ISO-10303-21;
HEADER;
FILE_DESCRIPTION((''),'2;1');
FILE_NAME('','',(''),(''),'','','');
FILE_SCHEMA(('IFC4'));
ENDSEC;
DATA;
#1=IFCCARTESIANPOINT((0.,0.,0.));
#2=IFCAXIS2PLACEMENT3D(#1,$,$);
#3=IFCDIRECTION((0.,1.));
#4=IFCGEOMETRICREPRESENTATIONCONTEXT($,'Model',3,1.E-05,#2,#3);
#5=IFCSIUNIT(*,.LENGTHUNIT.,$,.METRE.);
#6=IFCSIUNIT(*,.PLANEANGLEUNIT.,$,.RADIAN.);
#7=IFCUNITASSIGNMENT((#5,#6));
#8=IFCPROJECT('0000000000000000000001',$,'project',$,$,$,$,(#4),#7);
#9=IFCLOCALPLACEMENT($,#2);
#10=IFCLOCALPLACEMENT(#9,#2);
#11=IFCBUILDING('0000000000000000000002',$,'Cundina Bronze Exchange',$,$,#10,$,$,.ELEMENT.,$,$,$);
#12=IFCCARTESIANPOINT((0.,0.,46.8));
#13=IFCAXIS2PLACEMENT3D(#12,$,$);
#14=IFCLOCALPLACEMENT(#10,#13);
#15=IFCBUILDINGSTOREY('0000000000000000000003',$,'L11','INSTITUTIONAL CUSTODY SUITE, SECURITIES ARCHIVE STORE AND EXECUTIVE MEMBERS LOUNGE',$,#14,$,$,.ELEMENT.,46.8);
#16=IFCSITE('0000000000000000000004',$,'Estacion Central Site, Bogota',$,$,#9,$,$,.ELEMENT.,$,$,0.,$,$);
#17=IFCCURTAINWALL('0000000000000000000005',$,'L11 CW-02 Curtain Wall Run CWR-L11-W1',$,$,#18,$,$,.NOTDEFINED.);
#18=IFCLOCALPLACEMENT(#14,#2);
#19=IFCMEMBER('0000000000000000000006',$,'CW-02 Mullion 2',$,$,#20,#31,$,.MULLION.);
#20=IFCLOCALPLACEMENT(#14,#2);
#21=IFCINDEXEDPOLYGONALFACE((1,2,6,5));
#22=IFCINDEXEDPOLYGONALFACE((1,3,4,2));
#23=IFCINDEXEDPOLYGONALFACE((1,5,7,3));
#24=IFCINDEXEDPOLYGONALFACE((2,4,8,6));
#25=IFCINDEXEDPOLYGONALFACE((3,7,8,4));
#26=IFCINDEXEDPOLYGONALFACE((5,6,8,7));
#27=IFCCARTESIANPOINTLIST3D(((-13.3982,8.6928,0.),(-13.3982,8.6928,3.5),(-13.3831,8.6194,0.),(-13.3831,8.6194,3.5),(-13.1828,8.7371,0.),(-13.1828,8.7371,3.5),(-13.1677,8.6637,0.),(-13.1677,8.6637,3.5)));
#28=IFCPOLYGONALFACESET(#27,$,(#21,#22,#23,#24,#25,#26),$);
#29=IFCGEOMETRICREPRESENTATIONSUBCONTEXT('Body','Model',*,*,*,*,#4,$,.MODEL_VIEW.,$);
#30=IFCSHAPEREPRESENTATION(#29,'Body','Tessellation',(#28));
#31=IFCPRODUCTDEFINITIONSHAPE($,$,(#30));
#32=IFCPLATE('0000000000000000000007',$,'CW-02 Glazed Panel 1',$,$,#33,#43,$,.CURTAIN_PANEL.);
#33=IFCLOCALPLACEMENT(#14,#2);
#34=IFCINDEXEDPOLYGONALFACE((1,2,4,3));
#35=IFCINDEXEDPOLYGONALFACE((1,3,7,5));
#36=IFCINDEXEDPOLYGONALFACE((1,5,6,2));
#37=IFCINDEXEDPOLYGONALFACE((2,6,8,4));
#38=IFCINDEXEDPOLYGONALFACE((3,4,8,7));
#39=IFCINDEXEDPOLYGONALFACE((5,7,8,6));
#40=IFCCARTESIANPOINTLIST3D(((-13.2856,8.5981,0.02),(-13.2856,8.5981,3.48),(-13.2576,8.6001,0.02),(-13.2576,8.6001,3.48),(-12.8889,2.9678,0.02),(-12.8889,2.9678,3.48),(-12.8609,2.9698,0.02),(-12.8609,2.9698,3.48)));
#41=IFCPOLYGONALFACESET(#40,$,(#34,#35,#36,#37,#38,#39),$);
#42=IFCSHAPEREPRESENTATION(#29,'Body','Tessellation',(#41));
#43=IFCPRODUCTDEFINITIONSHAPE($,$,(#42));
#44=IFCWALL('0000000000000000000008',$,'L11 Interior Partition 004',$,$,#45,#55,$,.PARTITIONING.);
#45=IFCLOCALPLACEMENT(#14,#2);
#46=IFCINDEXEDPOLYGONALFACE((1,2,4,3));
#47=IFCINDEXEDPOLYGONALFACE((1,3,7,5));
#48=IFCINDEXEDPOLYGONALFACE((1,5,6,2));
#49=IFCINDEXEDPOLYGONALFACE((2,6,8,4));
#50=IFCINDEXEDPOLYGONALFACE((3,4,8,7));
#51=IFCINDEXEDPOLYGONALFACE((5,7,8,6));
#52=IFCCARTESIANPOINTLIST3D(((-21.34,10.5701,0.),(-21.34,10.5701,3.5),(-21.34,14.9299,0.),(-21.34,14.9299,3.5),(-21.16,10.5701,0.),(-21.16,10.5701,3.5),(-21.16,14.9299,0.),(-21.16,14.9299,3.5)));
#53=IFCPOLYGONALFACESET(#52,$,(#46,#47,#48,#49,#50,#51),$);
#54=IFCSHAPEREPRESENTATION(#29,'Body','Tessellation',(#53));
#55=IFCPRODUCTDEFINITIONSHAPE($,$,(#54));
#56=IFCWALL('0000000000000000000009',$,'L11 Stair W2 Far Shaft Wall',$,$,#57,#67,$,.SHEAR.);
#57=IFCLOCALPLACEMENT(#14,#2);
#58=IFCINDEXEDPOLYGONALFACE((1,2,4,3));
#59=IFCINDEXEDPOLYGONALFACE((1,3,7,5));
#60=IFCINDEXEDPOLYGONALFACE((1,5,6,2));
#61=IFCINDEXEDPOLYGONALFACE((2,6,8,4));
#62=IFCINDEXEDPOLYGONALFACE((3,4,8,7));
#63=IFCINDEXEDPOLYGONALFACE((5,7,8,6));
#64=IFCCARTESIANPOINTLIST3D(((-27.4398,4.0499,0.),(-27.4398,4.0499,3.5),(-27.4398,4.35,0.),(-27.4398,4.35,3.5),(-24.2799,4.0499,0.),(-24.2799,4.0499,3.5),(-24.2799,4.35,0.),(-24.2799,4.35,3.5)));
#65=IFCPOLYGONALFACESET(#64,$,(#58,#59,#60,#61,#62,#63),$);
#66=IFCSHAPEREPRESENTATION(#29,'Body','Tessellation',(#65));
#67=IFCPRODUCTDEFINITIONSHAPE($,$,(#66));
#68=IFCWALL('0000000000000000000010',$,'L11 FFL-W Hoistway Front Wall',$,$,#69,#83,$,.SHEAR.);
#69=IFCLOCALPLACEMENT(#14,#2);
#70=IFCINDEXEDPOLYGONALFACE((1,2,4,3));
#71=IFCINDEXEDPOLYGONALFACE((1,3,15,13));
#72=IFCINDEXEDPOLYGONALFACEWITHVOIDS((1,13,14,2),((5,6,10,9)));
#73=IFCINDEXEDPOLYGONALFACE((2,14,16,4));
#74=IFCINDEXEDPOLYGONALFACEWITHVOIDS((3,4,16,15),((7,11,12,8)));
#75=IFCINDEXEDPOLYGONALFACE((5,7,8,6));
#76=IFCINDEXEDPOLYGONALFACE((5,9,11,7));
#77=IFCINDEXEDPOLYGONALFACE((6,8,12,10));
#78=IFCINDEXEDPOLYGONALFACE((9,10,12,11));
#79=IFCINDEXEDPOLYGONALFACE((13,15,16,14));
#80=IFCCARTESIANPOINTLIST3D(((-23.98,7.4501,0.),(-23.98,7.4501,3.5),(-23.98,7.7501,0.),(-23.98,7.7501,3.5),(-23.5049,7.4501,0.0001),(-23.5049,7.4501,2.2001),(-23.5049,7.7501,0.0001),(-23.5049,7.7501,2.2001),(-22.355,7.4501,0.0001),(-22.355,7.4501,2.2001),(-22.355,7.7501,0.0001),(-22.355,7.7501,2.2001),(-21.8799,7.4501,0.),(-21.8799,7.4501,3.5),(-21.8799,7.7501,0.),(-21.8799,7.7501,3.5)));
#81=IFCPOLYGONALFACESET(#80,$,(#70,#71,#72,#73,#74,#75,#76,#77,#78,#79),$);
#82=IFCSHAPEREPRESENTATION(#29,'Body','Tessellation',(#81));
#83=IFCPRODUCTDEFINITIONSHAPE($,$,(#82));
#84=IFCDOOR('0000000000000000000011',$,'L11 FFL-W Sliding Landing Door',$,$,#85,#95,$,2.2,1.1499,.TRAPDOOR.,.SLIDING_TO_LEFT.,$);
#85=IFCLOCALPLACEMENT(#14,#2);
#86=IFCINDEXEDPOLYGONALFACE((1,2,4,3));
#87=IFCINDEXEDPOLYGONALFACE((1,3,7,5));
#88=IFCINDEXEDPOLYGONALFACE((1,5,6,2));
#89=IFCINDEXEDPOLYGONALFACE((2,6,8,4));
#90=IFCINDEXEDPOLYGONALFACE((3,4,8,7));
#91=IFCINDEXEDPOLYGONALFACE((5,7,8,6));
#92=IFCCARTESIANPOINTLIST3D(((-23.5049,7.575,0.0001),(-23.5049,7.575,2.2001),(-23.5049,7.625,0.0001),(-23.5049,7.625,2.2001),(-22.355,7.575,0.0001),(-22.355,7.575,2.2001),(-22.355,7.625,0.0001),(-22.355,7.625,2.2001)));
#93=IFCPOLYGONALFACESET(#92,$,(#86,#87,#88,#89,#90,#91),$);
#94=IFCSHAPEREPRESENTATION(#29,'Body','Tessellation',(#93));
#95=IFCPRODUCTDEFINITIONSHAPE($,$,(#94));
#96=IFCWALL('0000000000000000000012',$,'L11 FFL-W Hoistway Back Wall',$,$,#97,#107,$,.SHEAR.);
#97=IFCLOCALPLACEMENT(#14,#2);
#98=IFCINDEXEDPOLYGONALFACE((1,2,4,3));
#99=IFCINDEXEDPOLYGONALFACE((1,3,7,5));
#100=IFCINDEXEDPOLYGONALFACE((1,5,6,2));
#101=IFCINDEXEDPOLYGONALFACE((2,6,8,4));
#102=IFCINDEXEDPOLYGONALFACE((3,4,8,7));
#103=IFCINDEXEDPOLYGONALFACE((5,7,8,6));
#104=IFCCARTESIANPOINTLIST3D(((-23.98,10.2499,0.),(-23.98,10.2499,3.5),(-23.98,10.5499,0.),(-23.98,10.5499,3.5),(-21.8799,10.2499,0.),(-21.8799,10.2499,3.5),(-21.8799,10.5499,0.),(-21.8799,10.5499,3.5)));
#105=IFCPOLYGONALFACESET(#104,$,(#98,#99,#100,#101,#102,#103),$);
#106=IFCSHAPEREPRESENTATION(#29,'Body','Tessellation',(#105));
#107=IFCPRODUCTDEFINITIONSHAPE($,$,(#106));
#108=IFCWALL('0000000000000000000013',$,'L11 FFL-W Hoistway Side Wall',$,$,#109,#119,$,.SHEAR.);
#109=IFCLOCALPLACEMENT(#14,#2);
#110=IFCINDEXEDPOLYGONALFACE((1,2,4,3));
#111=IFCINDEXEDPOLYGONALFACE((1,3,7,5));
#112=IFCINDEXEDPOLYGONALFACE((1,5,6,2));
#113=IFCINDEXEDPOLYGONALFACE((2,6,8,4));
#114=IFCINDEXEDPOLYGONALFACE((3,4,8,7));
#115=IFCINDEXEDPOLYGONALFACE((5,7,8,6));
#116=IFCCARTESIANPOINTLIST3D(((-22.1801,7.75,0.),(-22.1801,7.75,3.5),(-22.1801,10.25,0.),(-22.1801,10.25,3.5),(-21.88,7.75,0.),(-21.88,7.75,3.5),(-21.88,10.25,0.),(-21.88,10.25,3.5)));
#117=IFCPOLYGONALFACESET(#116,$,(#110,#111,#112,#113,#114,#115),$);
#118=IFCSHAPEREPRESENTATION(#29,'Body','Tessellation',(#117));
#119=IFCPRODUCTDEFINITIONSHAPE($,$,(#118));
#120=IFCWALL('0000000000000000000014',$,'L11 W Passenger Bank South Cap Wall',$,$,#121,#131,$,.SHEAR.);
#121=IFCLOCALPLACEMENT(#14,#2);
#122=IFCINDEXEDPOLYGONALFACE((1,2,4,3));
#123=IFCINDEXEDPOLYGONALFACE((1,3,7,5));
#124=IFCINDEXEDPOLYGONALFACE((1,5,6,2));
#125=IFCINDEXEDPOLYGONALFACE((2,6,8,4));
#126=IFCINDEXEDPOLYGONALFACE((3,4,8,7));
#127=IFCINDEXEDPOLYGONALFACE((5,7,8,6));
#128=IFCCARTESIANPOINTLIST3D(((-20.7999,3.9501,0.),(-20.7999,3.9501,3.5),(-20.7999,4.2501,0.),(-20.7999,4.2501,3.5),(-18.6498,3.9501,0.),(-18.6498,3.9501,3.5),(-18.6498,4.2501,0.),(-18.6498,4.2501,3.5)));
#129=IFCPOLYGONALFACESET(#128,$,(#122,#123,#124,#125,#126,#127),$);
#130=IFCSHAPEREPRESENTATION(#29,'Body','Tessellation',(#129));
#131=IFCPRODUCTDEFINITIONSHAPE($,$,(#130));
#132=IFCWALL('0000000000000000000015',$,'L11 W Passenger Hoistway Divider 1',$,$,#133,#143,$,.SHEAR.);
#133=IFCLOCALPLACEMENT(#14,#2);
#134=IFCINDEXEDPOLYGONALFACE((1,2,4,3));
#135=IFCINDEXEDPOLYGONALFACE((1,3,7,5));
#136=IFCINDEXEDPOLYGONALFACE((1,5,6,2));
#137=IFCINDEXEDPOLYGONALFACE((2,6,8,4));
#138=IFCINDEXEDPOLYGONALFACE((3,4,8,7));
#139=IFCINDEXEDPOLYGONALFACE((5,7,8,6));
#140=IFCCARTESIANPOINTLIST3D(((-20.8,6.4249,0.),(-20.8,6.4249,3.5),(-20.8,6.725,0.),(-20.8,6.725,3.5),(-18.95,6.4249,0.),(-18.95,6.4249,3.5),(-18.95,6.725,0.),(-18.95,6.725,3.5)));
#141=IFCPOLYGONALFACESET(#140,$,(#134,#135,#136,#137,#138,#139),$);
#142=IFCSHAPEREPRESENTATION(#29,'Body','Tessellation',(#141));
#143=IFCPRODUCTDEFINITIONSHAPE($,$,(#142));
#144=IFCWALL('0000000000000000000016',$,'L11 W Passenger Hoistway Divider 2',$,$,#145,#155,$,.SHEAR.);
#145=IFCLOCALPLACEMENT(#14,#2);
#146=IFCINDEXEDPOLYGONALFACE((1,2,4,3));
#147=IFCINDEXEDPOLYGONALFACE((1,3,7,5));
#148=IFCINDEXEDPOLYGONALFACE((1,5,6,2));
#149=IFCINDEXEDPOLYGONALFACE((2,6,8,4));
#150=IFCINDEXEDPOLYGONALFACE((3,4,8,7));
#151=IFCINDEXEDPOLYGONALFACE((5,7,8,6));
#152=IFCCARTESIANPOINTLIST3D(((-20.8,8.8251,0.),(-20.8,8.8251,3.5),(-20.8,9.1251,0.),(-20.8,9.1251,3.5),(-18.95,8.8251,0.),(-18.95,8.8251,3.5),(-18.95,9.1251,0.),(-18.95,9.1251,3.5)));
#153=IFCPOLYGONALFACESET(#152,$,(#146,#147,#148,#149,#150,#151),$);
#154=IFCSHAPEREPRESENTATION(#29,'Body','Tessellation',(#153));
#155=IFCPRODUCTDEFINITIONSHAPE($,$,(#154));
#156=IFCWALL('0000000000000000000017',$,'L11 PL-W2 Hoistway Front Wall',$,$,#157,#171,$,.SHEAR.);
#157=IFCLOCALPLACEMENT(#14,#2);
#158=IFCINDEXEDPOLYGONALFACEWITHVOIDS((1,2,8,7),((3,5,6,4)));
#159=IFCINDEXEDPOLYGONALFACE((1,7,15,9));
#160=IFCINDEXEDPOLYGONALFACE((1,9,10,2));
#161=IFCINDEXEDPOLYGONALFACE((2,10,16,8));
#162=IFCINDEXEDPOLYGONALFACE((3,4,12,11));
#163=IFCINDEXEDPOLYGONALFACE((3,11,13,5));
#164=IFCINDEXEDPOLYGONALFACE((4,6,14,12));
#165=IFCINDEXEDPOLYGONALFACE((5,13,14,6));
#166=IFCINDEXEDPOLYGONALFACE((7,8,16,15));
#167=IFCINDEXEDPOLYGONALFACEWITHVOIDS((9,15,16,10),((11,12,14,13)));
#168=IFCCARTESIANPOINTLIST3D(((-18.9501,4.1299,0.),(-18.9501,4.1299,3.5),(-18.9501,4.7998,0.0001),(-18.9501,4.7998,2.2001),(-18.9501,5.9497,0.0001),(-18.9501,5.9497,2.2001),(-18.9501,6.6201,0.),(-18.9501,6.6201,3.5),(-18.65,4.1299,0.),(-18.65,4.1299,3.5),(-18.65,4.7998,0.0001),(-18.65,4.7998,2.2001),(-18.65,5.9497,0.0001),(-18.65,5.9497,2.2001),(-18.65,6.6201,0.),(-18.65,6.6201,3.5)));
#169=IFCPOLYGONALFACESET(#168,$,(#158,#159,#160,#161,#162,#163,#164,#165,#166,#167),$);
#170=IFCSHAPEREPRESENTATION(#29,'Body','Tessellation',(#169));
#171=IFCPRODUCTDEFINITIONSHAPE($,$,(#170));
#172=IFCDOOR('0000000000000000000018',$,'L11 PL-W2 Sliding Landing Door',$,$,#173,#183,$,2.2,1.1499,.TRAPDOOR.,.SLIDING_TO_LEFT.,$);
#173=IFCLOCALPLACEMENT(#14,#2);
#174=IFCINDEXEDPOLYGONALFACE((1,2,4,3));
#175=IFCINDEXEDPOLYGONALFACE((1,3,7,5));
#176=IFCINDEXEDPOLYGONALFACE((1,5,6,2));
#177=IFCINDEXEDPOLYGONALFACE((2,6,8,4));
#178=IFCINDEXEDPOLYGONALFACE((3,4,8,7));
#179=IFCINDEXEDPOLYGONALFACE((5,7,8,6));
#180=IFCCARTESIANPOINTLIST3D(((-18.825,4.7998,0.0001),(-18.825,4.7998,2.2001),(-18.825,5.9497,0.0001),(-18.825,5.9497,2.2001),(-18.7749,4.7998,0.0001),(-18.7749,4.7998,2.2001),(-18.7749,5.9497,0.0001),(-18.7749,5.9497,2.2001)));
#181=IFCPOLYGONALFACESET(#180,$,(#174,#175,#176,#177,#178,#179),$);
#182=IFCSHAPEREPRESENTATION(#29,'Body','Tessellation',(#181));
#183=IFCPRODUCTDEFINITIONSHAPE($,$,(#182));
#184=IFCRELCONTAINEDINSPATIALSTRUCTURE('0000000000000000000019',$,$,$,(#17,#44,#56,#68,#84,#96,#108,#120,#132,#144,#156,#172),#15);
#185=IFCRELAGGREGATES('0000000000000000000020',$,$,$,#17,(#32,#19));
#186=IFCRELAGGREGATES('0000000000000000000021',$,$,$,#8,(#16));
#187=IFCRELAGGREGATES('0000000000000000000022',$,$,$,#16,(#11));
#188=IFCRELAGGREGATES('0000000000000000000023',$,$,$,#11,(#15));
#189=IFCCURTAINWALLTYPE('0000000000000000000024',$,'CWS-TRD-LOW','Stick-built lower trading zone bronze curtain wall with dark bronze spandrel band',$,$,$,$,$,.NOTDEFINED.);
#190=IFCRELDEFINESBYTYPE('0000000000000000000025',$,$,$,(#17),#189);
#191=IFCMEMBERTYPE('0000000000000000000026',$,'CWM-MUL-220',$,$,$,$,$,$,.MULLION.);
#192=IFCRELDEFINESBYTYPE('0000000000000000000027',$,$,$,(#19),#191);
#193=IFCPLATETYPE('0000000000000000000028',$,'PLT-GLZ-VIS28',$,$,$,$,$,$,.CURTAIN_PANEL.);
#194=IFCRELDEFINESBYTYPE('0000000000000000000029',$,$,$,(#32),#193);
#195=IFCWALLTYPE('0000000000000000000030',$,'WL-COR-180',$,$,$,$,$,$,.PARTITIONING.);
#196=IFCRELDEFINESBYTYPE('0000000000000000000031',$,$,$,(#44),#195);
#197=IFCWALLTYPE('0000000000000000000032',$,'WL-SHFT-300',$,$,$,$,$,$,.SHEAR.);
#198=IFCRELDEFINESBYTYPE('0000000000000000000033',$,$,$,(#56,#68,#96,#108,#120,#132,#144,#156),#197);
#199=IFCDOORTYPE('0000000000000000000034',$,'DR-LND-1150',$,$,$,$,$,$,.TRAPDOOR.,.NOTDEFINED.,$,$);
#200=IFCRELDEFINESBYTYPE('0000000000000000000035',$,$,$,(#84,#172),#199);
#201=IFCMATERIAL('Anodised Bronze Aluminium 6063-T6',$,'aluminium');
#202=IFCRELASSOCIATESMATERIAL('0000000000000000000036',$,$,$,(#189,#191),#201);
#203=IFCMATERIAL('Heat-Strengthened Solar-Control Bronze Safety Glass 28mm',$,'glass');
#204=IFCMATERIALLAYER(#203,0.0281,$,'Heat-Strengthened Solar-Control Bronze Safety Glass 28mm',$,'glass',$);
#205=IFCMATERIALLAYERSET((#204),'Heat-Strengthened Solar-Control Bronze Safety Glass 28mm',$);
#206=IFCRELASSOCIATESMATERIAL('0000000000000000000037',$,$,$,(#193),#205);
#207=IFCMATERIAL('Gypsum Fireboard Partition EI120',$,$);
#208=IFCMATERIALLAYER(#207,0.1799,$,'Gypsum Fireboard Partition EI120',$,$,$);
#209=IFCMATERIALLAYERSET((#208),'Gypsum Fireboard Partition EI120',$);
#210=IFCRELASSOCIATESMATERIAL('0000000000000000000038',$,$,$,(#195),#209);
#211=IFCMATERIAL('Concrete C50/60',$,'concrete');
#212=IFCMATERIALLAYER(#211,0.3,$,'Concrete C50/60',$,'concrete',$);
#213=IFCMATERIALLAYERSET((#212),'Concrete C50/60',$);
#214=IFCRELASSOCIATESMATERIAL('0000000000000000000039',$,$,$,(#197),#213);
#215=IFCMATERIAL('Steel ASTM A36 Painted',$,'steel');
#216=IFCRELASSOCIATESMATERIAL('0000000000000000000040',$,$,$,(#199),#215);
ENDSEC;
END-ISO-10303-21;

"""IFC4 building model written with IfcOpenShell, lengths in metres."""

from ifc_helpers import new_model, si_unit, direction, frame, frame_2d, origin, origin_2d, place, context, subcontext, project, spatial, rectangle, extrude, material, layer, layer_set, material_profile, profile_set, type_object, element, fill, aggregate, save


model = new_model("IFC4")

# Units and contexts
model_context = context("Model", 3, precision=1e-05, world=origin(), true_north=direction((0.0, 1.0)))
body_context = subcontext(model_context, "Body", "Model", "MODEL_VIEW")
ifc_project = project(units=[si_unit("LENGTHUNIT", "METRE"), si_unit("PLANEANGLEUNIT", "RADIAN")], contexts=[model_context])

# Site, building, storey
site_placement = place(None, origin())
site = spatial("IfcSite", under=ifc_project, at=site_placement, Name="Estacion Central Site, Bogota", CompositionType="ELEMENT", RefElevation=0.0)
building_placement = place(site_placement, origin())
building = spatial("IfcBuilding", under=site, at=building_placement, Name="Cundina Bronze Exchange", CompositionType="ELEMENT")
storey_placement = place(building_placement, frame((0.0, 0.0, 46.8)))
storey = spatial("IfcBuildingStorey", under=building, at=storey_placement, Name="L11", Description="INSTITUTIONAL CUSTODY SUITE, SECURITIES ARCHIVE STORE AND EXECUTIVE MEMBERS LOUNGE", CompositionType="ELEMENT", Elevation=46.8)

# Curtain wall, member, plate
ifc_material_1 = material(Name="Anodised Bronze Aluminium 6063-T6", Category="aluminium")
curtain_wall_type = type_object("IfcCurtainWallType", Name="CWS-TRD-LOW", Description="Stick-built lower trading zone bronze curtain wall with dark bronze spandrel band", PredefinedType="NOTDEFINED", material=ifc_material_1)
curtain_wall_placement = place(storey_placement, origin())
curtain_wall = element("IfcCurtainWall", 1, at=curtain_wall_placement, inside=storey, type_object=curtain_wall_type, Name="L11 CW-02 Curtain Wall Run CWR-L11-W1", PredefinedType="NOTDEFINED")
ifc_material_profile_1 = material_profile(ifc_material_1, rectangle(XDim=0.075, YDim=0.22, at=origin_2d()), Name="AL75X220", Category="aluminium")
ifc_profile_set_1 = profile_set([ifc_material_profile_1], Name="Anodised Bronze Aluminium 6063-T6")
member_type = type_object("IfcMemberType", Name="CWM-MUL-220", PredefinedType="MULLION", material=ifc_profile_set_1)
member_placement = place(storey_placement, frame((-13.283, 8.6782, 0.0), z_axis=(0.0, 0.0, 1.0), x_axis=(-0.20142, 0.979505, 0.0)))
member = element("IfcMember", 2, at=member_placement, type_object=member_type, Name="CW-02 Mullion 2", PredefinedType="MULLION", context=body_context, shape_type="SweptSolid", body=[
    extrude(rectangle(XDim=0.075, YDim=0.22, at=origin_2d()), origin(), (0.0, 0.0, 1.0), 3.5),
])
ifc_material_2 = material(Name="Heat-Strengthened Solar-Control Bronze Safety Glass 28mm", Category="glass")
ifc_layer_1 = layer(ifc_material_2, 0.0281, Name="Heat-Strengthened Solar-Control Bronze Safety Glass 28mm", Category="glass")
ifc_layer_set_1 = layer_set([ifc_layer_1], Name="Heat-Strengthened Solar-Control Bronze Safety Glass 28mm")
plate_type = type_object("IfcPlateType", Name="PLT-GLZ-VIS28", PredefinedType="CURTAIN_PANEL", material=ifc_layer_set_1)
plate_placement = place(storey_placement, frame((-13.0732, 5.7839, 0.02), z_axis=(0.0, 0.0, 1.0), x_axis=(-0.070279, 0.997527, 0.0)))
plate = element("IfcPlate", 3, at=plate_placement, type_object=plate_type, Name="CW-02 Glazed Panel 1", PredefinedType="CURTAIN_PANEL", context=body_context, shape_type="SweptSolid", body=[
    extrude(rectangle(XDim=5.6443, YDim=0.0281, at=origin_2d()), origin(), (0.0, 0.0, 1.0), 3.46),
])
aggregate(curtain_wall, [plate, member])

# Walls
ifc_material_3 = material(Name="Gypsum Fireboard Partition EI120")
ifc_layer_2 = layer(ifc_material_3, 0.1799, Name="Gypsum Fireboard Partition EI120")
ifc_layer_set_2 = layer_set([ifc_layer_2], Name="Gypsum Fireboard Partition EI120")
wall_type_1 = type_object("IfcWallType", Name="WL-COR-180", PredefinedType="PARTITIONING", material=ifc_layer_set_2)
wall_1_placement = place(storey_placement, frame((-21.25, 10.5701, 0.0), z_axis=(0.0, 0.0, 1.0), x_axis=(0.0, 1.0, 0.0)))
element("IfcWall", 4, at=wall_1_placement, inside=storey, type_object=wall_type_1, Name="L11 Interior Partition 004", PredefinedType="PARTITIONING", context=body_context, shape_type="SweptSolid", body=[
    extrude(rectangle(XDim=4.3599, YDim=0.1799, at=frame_2d((2.1799, 0.0))), origin(), (0.0, 0.0, 1.0), 3.5),
])
ifc_material_4 = material(Name="Concrete C50/60", Category="concrete")
ifc_layer_3 = layer(ifc_material_4, 0.3, Name="Concrete C50/60", Category="concrete")
ifc_layer_set_3 = layer_set([ifc_layer_3], Name="Concrete C50/60")
wall_type_2 = type_object("IfcWallType", Name="WL-SHFT-300", PredefinedType="SHEAR", material=ifc_layer_set_3)
wall_2_placement = place(storey_placement, frame((-27.4399, 4.2, 0.0), z_axis=(0.0, 0.0, 1.0), x_axis=(1.0, 0.0, 0.0)))
element("IfcWall", 5, at=wall_2_placement, inside=storey, type_object=wall_type_2, Name="L11 Stair W2 Far Shaft Wall", PredefinedType="SHEAR", context=body_context, shape_type="SweptSolid", body=[
    extrude(rectangle(XDim=3.1599, YDim=0.3, at=frame_2d((1.5801, 0.0))), origin(), (0.0, 0.0, 1.0), 3.5),
])

# Wall, opening, door
wall_3_placement = place(storey_placement, frame((-23.98, 7.6001, 0.0), z_axis=(0.0, 0.0, 1.0), x_axis=(1.0, 0.0, 0.0)))
wall_3 = element("IfcWall", 6, at=wall_3_placement, inside=storey, type_object=wall_type_2, Name="L11 FFL-W Hoistway Front Wall", PredefinedType="SHEAR", context=body_context, shape_type="SweptSolid", body=[
    extrude(rectangle(XDim=2.1001, YDim=0.3, at=frame_2d((1.05, 0.0))), origin(), (0.0, 0.0, 1.0), 3.5),
])
opening_1_placement = place(wall_3_placement, frame((0.4751, 0.0, 0.0)))
opening_1 = element("IfcOpeningElement", 7, at=opening_1_placement, cuts=wall_3, PredefinedType="OPENING", context=body_context, shape_type="SweptSolid", body=[
    extrude(rectangle(XDim=1.1499, YDim=2.2, at=frame_2d((0.575, 1.1001))), frame((0.0, 0.1599, 0.0), z_axis=(0.0, -1.0, 0.0), x_axis=(1.0, 0.0, 0.0)), (0.0, 0.0, 1.0), 0.3201),
])
ifc_material_5 = material(Name="Steel ASTM A36 Painted", Category="steel")
door_type = type_object("IfcDoorType", Name="DR-LND-1150", OperationType="NOTDEFINED", PredefinedType="TRAPDOOR", material=ifc_material_5)
door_1_placement = place(opening_1_placement, origin())
door_1 = element("IfcDoor", 8, at=door_1_placement, inside=storey, type_object=door_type, Name="L11 FFL-W Sliding Landing Door", OperationType="SLIDING_TO_LEFT", OverallHeight=2.2, OverallWidth=1.1499, PredefinedType="TRAPDOOR", context=body_context, shape_type="SweptSolid", body=[
    extrude(rectangle(XDim=1.1499, YDim=2.2, at=frame_2d((0.575, 1.1001))), frame((0.0, 0.0249, 0.0), z_axis=(0.0, -1.0, 0.0), x_axis=(1.0, 0.0, 0.0)), (0.0, 0.0, 1.0), 0.05),
])
fill(opening_1, door_1)

# Walls
wall_4_placement = place(storey_placement, frame((-23.98, 10.3999, 0.0), z_axis=(0.0, 0.0, 1.0), x_axis=(1.0, 0.0, 0.0)))
element("IfcWall", 9, at=wall_4_placement, inside=storey, type_object=wall_type_2, Name="L11 FFL-W Hoistway Back Wall", PredefinedType="SHEAR", context=body_context, shape_type="SweptSolid", body=[
    extrude(rectangle(XDim=2.1001, YDim=0.3, at=frame_2d((1.05, 0.0))), origin(), (0.0, 0.0, 1.0), 3.5),
])
wall_5_placement = place(storey_placement, frame((-22.03, 7.75, 0.0), z_axis=(0.0, 0.0, 1.0), x_axis=(0.0, 1.0, 0.0)))
element("IfcWall", 10, at=wall_5_placement, inside=storey, type_object=wall_type_2, Name="L11 FFL-W Hoistway Side Wall", PredefinedType="SHEAR", context=body_context, shape_type="SweptSolid", body=[
    extrude(rectangle(XDim=2.5, YDim=0.3, at=frame_2d((1.25, 0.0))), origin(), (0.0, 0.0, 1.0), 3.5),
])
wall_6_placement = place(storey_placement, frame((-20.8, 4.1001, 0.0), z_axis=(0.0, 0.0, 1.0), x_axis=(1.0, 0.0, 0.0)))
element("IfcWall", 11, at=wall_6_placement, inside=storey, type_object=wall_type_2, Name="L11 W Passenger Bank South Cap Wall", PredefinedType="SHEAR", context=body_context, shape_type="SweptSolid", body=[
    extrude(rectangle(XDim=2.1501, YDim=0.3, at=frame_2d((1.0752, 0.0))), origin(), (0.0, 0.0, 1.0), 3.5),
])
for number, where, z_axis, x_axis, name in (
    (12, (-20.8, 6.575, 0.0), (0.0, 0.0, 1.0), (1.0, 0.0, 0.0), "L11 W Passenger Hoistway Divider 1"),
    (13, (-20.8, 8.9751, 0.0), (0.0, 0.0, 1.0), (1.0, 0.0, 0.0), "L11 W Passenger Hoistway Divider 2"),
):
    element("IfcWall", number, at=place(storey_placement, frame(where, z_axis=z_axis, x_axis=x_axis)), inside=storey, type_object=wall_type_2, Name=name, PredefinedType="SHEAR", context=body_context, shape_type="SweptSolid", body=[
        extrude(rectangle(XDim=1.8501, YDim=0.3, at=frame_2d((0.925, 0.0))), origin(), (0.0, 0.0, 1.0), 3.5),
    ])

# Wall, opening, door
wall_7_placement = place(storey_placement, frame((-18.8, 4.1299, 0.0), z_axis=(0.0, 0.0, 1.0), x_axis=(0.0, 1.0, 0.0)))
wall_7 = element("IfcWall", 14, at=wall_7_placement, inside=storey, type_object=wall_type_2, Name="L11 PL-W2 Hoistway Front Wall", PredefinedType="SHEAR", context=body_context, shape_type="SweptSolid", body=[
    extrude(rectangle(XDim=2.4902, YDim=0.3, at=frame_2d((1.2451, 0.0))), origin(), (0.0, 0.0, 1.0), 3.5),
])
opening_2_placement = place(wall_7_placement, frame((0.6699, 0.0, 0.0)))
opening_2 = element("IfcOpeningElement", 15, at=opening_2_placement, cuts=wall_7, PredefinedType="OPENING", context=body_context, shape_type="SweptSolid", body=[
    extrude(rectangle(XDim=1.1499, YDim=2.2, at=frame_2d((0.575, 1.1001))), frame((0.0, 0.1599, 0.0), z_axis=(0.0, -1.0, 0.0), x_axis=(1.0, 0.0, 0.0)), (0.0, 0.0, 1.0), 0.3201),
])
door_2_placement = place(opening_2_placement, origin())
door_2 = element("IfcDoor", 16, at=door_2_placement, inside=storey, type_object=door_type, Name="L11 PL-W2 Sliding Landing Door", OperationType="SLIDING_TO_LEFT", OverallHeight=2.2, OverallWidth=1.1499, PredefinedType="TRAPDOOR", context=body_context, shape_type="SweptSolid", body=[
    extrude(rectangle(XDim=1.1499, YDim=2.2, at=frame_2d((0.575, 1.1001))), frame((0.0, 0.0249, 0.0), z_axis=(0.0, -1.0, 0.0), x_axis=(1.0, 0.0, 0.0)), (0.0, 0.0, 1.0), 0.05),
])
fill(opening_2, door_2)

save(model, "model.ifc")
